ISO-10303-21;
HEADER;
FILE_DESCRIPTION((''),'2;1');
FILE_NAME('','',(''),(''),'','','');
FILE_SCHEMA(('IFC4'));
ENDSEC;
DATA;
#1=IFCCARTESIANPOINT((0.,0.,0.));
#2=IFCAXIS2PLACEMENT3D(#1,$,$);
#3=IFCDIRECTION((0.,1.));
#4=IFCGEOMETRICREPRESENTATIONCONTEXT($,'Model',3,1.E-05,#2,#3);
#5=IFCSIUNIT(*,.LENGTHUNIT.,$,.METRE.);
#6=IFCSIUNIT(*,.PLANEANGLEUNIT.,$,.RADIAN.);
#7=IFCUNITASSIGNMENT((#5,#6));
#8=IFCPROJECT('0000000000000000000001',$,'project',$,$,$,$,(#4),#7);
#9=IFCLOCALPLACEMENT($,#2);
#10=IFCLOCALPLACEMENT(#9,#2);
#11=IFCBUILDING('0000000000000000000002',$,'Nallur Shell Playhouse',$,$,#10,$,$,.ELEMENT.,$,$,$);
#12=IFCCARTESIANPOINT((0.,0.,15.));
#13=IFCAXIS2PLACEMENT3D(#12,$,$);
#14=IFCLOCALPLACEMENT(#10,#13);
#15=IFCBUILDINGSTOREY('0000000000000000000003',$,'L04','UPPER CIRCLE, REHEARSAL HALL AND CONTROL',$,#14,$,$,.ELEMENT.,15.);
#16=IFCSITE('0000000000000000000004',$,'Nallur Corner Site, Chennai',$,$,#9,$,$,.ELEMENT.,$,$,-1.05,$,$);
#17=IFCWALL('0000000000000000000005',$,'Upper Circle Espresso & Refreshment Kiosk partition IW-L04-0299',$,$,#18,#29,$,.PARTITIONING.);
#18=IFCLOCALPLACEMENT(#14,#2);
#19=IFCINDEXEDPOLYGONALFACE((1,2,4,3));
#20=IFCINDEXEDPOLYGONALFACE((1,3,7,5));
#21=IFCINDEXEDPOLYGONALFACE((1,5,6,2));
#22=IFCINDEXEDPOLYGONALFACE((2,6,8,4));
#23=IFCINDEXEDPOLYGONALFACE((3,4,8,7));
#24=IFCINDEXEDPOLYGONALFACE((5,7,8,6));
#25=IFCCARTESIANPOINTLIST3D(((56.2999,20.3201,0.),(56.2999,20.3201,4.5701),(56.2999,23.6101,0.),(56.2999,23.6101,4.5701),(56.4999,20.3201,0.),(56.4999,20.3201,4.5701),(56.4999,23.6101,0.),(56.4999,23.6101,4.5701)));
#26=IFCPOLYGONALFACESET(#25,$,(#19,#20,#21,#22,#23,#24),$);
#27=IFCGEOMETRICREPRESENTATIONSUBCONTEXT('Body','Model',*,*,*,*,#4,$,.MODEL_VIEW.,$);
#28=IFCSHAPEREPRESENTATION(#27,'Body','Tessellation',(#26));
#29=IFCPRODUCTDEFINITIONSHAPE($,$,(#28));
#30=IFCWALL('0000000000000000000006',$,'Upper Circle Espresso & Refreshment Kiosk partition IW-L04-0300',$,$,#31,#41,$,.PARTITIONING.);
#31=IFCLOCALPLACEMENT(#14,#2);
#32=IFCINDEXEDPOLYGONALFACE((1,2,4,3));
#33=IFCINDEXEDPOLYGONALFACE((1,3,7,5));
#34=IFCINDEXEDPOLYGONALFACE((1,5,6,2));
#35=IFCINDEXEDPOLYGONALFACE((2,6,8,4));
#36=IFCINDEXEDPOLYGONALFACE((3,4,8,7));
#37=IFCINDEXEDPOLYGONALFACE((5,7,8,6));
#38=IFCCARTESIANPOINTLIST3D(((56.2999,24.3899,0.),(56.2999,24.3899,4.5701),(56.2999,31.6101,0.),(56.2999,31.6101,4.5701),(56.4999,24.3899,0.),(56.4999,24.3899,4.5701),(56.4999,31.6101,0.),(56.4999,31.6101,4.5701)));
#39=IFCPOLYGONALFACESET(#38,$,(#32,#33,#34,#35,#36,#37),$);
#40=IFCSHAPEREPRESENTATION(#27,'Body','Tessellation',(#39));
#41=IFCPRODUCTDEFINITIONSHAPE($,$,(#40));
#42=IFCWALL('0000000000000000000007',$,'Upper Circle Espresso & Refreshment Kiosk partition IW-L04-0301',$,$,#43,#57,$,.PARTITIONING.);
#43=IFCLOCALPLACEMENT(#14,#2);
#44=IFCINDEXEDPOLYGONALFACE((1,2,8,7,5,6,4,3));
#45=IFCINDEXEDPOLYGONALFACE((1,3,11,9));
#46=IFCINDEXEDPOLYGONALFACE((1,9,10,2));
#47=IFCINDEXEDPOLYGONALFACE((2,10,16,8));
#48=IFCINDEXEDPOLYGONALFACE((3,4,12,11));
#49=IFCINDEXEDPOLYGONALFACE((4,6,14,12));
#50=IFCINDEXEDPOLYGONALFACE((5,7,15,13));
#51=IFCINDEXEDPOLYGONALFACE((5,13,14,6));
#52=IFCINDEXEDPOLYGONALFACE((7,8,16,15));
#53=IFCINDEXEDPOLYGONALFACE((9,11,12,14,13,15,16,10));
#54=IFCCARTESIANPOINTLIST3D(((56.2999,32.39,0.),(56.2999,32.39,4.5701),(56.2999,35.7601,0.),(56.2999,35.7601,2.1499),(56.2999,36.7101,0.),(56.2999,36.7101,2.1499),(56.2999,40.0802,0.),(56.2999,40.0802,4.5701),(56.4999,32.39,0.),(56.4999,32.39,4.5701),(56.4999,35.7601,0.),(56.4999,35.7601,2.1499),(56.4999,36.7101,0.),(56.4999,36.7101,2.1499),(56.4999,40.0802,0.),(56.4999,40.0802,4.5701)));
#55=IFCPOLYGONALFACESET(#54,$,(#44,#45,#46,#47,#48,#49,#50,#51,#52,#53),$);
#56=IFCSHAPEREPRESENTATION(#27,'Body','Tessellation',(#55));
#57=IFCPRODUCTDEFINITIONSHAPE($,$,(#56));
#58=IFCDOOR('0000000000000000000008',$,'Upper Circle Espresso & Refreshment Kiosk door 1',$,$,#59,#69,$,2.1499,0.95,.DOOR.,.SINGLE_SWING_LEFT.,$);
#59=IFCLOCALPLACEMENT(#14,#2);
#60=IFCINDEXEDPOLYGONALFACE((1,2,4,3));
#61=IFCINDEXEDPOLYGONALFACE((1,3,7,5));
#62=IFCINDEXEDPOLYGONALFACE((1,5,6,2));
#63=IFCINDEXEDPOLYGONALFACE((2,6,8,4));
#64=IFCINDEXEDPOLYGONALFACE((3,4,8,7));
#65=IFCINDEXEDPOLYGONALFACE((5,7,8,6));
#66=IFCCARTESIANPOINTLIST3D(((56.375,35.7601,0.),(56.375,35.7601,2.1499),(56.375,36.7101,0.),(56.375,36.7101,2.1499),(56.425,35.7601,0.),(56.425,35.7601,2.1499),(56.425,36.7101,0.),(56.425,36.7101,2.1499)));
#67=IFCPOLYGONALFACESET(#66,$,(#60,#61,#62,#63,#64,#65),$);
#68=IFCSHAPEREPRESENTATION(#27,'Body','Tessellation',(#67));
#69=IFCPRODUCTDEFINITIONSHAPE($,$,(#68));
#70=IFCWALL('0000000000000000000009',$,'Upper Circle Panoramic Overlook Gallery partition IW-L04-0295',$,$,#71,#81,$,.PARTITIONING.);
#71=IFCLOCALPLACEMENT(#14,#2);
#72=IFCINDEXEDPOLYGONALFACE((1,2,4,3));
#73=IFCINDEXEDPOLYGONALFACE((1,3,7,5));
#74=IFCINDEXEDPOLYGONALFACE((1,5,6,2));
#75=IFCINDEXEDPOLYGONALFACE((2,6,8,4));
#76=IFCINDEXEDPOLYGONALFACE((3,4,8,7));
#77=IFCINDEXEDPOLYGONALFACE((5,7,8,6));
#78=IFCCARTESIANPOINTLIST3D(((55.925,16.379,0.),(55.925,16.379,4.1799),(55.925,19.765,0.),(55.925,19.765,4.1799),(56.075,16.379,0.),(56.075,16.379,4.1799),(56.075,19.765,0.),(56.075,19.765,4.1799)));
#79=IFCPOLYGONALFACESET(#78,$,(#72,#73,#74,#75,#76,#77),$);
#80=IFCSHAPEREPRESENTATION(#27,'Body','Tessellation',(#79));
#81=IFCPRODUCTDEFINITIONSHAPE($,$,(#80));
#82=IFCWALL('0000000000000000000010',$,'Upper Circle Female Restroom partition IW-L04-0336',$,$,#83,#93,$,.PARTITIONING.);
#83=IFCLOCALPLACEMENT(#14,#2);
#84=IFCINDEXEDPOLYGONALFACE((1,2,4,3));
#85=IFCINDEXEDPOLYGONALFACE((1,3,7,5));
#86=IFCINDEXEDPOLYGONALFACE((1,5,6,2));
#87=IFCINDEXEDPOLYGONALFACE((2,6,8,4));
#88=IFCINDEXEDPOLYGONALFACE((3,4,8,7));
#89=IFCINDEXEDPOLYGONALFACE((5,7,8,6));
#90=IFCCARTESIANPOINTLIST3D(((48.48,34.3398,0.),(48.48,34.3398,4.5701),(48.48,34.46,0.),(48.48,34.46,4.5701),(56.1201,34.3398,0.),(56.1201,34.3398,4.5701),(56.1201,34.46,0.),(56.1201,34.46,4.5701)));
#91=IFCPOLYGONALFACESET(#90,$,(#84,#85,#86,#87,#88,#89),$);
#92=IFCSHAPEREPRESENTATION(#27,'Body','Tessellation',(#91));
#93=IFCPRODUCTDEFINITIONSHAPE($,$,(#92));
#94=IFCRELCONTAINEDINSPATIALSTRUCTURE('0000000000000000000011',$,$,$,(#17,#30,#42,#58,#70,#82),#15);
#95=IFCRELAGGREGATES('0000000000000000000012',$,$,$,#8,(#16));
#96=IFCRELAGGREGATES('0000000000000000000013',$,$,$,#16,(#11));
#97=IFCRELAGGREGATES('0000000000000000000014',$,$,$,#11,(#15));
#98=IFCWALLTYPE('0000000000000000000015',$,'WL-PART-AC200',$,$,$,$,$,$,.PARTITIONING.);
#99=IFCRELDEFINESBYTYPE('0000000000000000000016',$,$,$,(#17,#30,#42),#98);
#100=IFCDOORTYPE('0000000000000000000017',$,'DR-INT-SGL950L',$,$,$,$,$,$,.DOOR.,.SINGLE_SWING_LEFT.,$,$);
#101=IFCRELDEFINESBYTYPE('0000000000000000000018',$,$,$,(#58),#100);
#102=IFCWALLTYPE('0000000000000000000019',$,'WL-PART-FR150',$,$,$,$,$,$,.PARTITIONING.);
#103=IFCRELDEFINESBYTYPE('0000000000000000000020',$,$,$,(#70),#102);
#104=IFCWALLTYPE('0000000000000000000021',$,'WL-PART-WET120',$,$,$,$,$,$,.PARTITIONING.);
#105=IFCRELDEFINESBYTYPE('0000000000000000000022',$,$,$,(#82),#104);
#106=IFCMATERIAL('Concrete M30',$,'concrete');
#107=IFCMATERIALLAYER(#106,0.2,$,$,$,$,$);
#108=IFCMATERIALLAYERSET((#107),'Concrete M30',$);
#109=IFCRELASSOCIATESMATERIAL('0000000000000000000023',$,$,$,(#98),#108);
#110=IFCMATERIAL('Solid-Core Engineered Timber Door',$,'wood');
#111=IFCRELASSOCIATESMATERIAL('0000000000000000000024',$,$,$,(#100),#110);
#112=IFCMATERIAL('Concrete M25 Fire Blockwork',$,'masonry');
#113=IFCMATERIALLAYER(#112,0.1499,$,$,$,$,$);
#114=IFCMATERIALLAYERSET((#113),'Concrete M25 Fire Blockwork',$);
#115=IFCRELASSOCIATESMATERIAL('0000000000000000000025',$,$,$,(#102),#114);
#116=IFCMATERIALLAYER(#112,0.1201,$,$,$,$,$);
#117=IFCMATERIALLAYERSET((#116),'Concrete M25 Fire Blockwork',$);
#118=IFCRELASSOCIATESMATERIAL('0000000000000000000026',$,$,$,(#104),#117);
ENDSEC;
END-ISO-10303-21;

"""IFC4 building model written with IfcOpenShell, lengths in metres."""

from ifc_helpers import new_model, si_unit, direction, frame, frame_2d, origin, place, context, subcontext, project, spatial, rectangle, extrude, material, layer, layer_set, type_object, element, fill, save


model = new_model("IFC4")

# Units and contexts
model_context = context("Model", 3, precision=1e-05, world=origin(), true_north=direction((0.0, 1.0)))
body_context = subcontext(model_context, "Body", "Model", "MODEL_VIEW")
ifc_project = project(units=[si_unit("LENGTHUNIT", "METRE"), si_unit("PLANEANGLEUNIT", "RADIAN")], contexts=[model_context])

# Site, building, storey
site_placement = place(None, origin())
site = spatial("IfcSite", under=ifc_project, at=site_placement, Name="Nallur Corner Site, Chennai", CompositionType="ELEMENT", RefElevation=-1.05)
building_placement = place(site_placement, origin())
building = spatial("IfcBuilding", under=site, at=building_placement, Name="Nallur Shell Playhouse", CompositionType="ELEMENT")
storey_placement = place(building_placement, frame((0.0, 0.0, 15.0)))
storey = spatial("IfcBuildingStorey", under=building, at=storey_placement, Name="L04", Description="UPPER CIRCLE, REHEARSAL HALL AND CONTROL", CompositionType="ELEMENT", Elevation=15.0)

# Walls
ifc_material_1 = material(Name="Concrete M30", Category="concrete")
ifc_layer_1 = layer(ifc_material_1, 0.2)
ifc_layer_set_1 = layer_set([ifc_layer_1], Name="Concrete M30")
wall_type_1 = type_object("IfcWallType", Name="WL-PART-AC200", PredefinedType="PARTITIONING", material=ifc_layer_set_1)
wall_1_placement = place(storey_placement, frame((56.3999, 20.3201, 0.0), z_axis=(0.0, 0.0, 1.0), x_axis=(0.0, 1.0, 0.0)))
element("IfcWall", 1, at=wall_1_placement, inside=storey, type_object=wall_type_1, Name="Upper Circle Espresso & Refreshment Kiosk partition IW-L04-0299", PredefinedType="PARTITIONING", context=body_context, shape_type="SweptSolid", body=[
    extrude(rectangle(XDim=3.29, YDim=0.2, at=frame_2d((1.645, 0.0))), origin(), (0.0, 0.0, 1.0), 4.5701),
])
wall_2_placement = place(storey_placement, frame((56.3999, 24.3899, 0.0), z_axis=(0.0, 0.0, 1.0), x_axis=(0.0, 1.0, 0.0)))
element("IfcWall", 2, at=wall_2_placement, inside=storey, type_object=wall_type_1, Name="Upper Circle Espresso & Refreshment Kiosk partition IW-L04-0300", PredefinedType="PARTITIONING", context=body_context, shape_type="SweptSolid", body=[
    extrude(rectangle(XDim=7.2202, YDim=0.2, at=frame_2d((3.6101, 0.0))), origin(), (0.0, 0.0, 1.0), 4.5701),
])

# Wall, opening, door
wall_3_placement = place(storey_placement, frame((56.3999, 32.3899, 0.0), z_axis=(0.0, 0.0, 1.0), x_axis=(0.0, 1.0, 0.0)))
wall_3 = element("IfcWall", 3, at=wall_3_placement, inside=storey, type_object=wall_type_1, Name="Upper Circle Espresso & Refreshment Kiosk partition IW-L04-0301", PredefinedType="PARTITIONING", context=body_context, shape_type="SweptSolid", body=[
    extrude(rectangle(XDim=7.6902, YDim=0.2, at=frame_2d((3.8452, 0.0))), origin(), (0.0, 0.0, 1.0), 4.5701),
])
opening_placement = place(wall_3_placement, frame((3.3701, 0.0, 0.0)))
opening = element("IfcOpeningElement", 4, at=opening_placement, cuts=wall_3, PredefinedType="OPENING", context=body_context, shape_type="SweptSolid", body=[
    extrude(rectangle(XDim=0.95, YDim=2.1499, at=frame_2d((0.4751, 1.075))), frame((0.0, 0.1099, 0.0), z_axis=(0.0, -1.0, 0.0), x_axis=(1.0, 0.0, 0.0)), (0.0, 0.0, 1.0), 0.22),
])
ifc_material_2 = material(Name="Solid-Core Engineered Timber Door", Category="wood")
door_type = type_object("IfcDoorType", Name="DR-INT-SGL950L", OperationType="SINGLE_SWING_LEFT", PredefinedType="DOOR", material=ifc_material_2)
door_placement = place(opening_placement, origin())
door = element("IfcDoor", 5, at=door_placement, inside=storey, type_object=door_type, Name="Upper Circle Espresso & Refreshment Kiosk door 1", OperationType="SINGLE_SWING_LEFT", OverallHeight=2.1499, OverallWidth=0.95, PredefinedType="DOOR", context=body_context, shape_type="SweptSolid", body=[
    extrude(rectangle(XDim=0.95, YDim=2.1499, at=frame_2d((0.4751, 1.075))), frame((0.0, 0.0249, 0.0), z_axis=(0.0, -1.0, 0.0), x_axis=(1.0, 0.0, 0.0)), (0.0, 0.0, 1.0), 0.05),
])
fill(opening, door)

# Walls
ifc_material_3 = material(Name="Concrete M25 Fire Blockwork", Category="masonry")
ifc_layer_2 = layer(ifc_material_3, 0.1499)
ifc_layer_set_2 = layer_set([ifc_layer_2], Name="Concrete M25 Fire Blockwork")
wall_type_2 = type_object("IfcWallType", Name="WL-PART-FR150", PredefinedType="PARTITIONING", material=ifc_layer_set_2)
wall_4_placement = place(storey_placement, frame((56.0, 19.7649, 0.0), z_axis=(0.0, 0.0, 1.0), x_axis=(0.0, -1.0, 0.0)))
element("IfcWall", 6, at=wall_4_placement, inside=storey, type_object=wall_type_2, Name="Upper Circle Panoramic Overlook Gallery partition IW-L04-0295", PredefinedType="PARTITIONING", context=body_context, shape_type="SweptSolid", body=[
    extrude(rectangle(XDim=3.386, YDim=0.1499, at=frame_2d((1.6929, 0.0))), origin(), (0.0, 0.0, 1.0), 4.1799),
])
ifc_layer_3 = layer(ifc_material_3, 0.1201)
ifc_layer_set_3 = layer_set([ifc_layer_3], Name="Concrete M25 Fire Blockwork")
wall_type_3 = type_object("IfcWallType", Name="WL-PART-WET120", PredefinedType="PARTITIONING", material=ifc_layer_set_3)
wall_5_placement = place(storey_placement, frame((56.1201, 34.3999, 0.0), z_axis=(0.0, 0.0, 1.0), x_axis=(-1.0, 0.0, 0.0)))
element("IfcWall", 7, at=wall_5_placement, inside=storey, type_object=wall_type_3, Name="Upper Circle Female Restroom partition IW-L04-0336", PredefinedType="PARTITIONING", context=body_context, shape_type="SweptSolid", body=[
    extrude(rectangle(XDim=7.6401, YDim=0.1201, at=frame_2d((3.8201, 0.0))), origin(), (0.0, 0.0, 1.0), 4.5701),
])

save(model, "model.ifc")
